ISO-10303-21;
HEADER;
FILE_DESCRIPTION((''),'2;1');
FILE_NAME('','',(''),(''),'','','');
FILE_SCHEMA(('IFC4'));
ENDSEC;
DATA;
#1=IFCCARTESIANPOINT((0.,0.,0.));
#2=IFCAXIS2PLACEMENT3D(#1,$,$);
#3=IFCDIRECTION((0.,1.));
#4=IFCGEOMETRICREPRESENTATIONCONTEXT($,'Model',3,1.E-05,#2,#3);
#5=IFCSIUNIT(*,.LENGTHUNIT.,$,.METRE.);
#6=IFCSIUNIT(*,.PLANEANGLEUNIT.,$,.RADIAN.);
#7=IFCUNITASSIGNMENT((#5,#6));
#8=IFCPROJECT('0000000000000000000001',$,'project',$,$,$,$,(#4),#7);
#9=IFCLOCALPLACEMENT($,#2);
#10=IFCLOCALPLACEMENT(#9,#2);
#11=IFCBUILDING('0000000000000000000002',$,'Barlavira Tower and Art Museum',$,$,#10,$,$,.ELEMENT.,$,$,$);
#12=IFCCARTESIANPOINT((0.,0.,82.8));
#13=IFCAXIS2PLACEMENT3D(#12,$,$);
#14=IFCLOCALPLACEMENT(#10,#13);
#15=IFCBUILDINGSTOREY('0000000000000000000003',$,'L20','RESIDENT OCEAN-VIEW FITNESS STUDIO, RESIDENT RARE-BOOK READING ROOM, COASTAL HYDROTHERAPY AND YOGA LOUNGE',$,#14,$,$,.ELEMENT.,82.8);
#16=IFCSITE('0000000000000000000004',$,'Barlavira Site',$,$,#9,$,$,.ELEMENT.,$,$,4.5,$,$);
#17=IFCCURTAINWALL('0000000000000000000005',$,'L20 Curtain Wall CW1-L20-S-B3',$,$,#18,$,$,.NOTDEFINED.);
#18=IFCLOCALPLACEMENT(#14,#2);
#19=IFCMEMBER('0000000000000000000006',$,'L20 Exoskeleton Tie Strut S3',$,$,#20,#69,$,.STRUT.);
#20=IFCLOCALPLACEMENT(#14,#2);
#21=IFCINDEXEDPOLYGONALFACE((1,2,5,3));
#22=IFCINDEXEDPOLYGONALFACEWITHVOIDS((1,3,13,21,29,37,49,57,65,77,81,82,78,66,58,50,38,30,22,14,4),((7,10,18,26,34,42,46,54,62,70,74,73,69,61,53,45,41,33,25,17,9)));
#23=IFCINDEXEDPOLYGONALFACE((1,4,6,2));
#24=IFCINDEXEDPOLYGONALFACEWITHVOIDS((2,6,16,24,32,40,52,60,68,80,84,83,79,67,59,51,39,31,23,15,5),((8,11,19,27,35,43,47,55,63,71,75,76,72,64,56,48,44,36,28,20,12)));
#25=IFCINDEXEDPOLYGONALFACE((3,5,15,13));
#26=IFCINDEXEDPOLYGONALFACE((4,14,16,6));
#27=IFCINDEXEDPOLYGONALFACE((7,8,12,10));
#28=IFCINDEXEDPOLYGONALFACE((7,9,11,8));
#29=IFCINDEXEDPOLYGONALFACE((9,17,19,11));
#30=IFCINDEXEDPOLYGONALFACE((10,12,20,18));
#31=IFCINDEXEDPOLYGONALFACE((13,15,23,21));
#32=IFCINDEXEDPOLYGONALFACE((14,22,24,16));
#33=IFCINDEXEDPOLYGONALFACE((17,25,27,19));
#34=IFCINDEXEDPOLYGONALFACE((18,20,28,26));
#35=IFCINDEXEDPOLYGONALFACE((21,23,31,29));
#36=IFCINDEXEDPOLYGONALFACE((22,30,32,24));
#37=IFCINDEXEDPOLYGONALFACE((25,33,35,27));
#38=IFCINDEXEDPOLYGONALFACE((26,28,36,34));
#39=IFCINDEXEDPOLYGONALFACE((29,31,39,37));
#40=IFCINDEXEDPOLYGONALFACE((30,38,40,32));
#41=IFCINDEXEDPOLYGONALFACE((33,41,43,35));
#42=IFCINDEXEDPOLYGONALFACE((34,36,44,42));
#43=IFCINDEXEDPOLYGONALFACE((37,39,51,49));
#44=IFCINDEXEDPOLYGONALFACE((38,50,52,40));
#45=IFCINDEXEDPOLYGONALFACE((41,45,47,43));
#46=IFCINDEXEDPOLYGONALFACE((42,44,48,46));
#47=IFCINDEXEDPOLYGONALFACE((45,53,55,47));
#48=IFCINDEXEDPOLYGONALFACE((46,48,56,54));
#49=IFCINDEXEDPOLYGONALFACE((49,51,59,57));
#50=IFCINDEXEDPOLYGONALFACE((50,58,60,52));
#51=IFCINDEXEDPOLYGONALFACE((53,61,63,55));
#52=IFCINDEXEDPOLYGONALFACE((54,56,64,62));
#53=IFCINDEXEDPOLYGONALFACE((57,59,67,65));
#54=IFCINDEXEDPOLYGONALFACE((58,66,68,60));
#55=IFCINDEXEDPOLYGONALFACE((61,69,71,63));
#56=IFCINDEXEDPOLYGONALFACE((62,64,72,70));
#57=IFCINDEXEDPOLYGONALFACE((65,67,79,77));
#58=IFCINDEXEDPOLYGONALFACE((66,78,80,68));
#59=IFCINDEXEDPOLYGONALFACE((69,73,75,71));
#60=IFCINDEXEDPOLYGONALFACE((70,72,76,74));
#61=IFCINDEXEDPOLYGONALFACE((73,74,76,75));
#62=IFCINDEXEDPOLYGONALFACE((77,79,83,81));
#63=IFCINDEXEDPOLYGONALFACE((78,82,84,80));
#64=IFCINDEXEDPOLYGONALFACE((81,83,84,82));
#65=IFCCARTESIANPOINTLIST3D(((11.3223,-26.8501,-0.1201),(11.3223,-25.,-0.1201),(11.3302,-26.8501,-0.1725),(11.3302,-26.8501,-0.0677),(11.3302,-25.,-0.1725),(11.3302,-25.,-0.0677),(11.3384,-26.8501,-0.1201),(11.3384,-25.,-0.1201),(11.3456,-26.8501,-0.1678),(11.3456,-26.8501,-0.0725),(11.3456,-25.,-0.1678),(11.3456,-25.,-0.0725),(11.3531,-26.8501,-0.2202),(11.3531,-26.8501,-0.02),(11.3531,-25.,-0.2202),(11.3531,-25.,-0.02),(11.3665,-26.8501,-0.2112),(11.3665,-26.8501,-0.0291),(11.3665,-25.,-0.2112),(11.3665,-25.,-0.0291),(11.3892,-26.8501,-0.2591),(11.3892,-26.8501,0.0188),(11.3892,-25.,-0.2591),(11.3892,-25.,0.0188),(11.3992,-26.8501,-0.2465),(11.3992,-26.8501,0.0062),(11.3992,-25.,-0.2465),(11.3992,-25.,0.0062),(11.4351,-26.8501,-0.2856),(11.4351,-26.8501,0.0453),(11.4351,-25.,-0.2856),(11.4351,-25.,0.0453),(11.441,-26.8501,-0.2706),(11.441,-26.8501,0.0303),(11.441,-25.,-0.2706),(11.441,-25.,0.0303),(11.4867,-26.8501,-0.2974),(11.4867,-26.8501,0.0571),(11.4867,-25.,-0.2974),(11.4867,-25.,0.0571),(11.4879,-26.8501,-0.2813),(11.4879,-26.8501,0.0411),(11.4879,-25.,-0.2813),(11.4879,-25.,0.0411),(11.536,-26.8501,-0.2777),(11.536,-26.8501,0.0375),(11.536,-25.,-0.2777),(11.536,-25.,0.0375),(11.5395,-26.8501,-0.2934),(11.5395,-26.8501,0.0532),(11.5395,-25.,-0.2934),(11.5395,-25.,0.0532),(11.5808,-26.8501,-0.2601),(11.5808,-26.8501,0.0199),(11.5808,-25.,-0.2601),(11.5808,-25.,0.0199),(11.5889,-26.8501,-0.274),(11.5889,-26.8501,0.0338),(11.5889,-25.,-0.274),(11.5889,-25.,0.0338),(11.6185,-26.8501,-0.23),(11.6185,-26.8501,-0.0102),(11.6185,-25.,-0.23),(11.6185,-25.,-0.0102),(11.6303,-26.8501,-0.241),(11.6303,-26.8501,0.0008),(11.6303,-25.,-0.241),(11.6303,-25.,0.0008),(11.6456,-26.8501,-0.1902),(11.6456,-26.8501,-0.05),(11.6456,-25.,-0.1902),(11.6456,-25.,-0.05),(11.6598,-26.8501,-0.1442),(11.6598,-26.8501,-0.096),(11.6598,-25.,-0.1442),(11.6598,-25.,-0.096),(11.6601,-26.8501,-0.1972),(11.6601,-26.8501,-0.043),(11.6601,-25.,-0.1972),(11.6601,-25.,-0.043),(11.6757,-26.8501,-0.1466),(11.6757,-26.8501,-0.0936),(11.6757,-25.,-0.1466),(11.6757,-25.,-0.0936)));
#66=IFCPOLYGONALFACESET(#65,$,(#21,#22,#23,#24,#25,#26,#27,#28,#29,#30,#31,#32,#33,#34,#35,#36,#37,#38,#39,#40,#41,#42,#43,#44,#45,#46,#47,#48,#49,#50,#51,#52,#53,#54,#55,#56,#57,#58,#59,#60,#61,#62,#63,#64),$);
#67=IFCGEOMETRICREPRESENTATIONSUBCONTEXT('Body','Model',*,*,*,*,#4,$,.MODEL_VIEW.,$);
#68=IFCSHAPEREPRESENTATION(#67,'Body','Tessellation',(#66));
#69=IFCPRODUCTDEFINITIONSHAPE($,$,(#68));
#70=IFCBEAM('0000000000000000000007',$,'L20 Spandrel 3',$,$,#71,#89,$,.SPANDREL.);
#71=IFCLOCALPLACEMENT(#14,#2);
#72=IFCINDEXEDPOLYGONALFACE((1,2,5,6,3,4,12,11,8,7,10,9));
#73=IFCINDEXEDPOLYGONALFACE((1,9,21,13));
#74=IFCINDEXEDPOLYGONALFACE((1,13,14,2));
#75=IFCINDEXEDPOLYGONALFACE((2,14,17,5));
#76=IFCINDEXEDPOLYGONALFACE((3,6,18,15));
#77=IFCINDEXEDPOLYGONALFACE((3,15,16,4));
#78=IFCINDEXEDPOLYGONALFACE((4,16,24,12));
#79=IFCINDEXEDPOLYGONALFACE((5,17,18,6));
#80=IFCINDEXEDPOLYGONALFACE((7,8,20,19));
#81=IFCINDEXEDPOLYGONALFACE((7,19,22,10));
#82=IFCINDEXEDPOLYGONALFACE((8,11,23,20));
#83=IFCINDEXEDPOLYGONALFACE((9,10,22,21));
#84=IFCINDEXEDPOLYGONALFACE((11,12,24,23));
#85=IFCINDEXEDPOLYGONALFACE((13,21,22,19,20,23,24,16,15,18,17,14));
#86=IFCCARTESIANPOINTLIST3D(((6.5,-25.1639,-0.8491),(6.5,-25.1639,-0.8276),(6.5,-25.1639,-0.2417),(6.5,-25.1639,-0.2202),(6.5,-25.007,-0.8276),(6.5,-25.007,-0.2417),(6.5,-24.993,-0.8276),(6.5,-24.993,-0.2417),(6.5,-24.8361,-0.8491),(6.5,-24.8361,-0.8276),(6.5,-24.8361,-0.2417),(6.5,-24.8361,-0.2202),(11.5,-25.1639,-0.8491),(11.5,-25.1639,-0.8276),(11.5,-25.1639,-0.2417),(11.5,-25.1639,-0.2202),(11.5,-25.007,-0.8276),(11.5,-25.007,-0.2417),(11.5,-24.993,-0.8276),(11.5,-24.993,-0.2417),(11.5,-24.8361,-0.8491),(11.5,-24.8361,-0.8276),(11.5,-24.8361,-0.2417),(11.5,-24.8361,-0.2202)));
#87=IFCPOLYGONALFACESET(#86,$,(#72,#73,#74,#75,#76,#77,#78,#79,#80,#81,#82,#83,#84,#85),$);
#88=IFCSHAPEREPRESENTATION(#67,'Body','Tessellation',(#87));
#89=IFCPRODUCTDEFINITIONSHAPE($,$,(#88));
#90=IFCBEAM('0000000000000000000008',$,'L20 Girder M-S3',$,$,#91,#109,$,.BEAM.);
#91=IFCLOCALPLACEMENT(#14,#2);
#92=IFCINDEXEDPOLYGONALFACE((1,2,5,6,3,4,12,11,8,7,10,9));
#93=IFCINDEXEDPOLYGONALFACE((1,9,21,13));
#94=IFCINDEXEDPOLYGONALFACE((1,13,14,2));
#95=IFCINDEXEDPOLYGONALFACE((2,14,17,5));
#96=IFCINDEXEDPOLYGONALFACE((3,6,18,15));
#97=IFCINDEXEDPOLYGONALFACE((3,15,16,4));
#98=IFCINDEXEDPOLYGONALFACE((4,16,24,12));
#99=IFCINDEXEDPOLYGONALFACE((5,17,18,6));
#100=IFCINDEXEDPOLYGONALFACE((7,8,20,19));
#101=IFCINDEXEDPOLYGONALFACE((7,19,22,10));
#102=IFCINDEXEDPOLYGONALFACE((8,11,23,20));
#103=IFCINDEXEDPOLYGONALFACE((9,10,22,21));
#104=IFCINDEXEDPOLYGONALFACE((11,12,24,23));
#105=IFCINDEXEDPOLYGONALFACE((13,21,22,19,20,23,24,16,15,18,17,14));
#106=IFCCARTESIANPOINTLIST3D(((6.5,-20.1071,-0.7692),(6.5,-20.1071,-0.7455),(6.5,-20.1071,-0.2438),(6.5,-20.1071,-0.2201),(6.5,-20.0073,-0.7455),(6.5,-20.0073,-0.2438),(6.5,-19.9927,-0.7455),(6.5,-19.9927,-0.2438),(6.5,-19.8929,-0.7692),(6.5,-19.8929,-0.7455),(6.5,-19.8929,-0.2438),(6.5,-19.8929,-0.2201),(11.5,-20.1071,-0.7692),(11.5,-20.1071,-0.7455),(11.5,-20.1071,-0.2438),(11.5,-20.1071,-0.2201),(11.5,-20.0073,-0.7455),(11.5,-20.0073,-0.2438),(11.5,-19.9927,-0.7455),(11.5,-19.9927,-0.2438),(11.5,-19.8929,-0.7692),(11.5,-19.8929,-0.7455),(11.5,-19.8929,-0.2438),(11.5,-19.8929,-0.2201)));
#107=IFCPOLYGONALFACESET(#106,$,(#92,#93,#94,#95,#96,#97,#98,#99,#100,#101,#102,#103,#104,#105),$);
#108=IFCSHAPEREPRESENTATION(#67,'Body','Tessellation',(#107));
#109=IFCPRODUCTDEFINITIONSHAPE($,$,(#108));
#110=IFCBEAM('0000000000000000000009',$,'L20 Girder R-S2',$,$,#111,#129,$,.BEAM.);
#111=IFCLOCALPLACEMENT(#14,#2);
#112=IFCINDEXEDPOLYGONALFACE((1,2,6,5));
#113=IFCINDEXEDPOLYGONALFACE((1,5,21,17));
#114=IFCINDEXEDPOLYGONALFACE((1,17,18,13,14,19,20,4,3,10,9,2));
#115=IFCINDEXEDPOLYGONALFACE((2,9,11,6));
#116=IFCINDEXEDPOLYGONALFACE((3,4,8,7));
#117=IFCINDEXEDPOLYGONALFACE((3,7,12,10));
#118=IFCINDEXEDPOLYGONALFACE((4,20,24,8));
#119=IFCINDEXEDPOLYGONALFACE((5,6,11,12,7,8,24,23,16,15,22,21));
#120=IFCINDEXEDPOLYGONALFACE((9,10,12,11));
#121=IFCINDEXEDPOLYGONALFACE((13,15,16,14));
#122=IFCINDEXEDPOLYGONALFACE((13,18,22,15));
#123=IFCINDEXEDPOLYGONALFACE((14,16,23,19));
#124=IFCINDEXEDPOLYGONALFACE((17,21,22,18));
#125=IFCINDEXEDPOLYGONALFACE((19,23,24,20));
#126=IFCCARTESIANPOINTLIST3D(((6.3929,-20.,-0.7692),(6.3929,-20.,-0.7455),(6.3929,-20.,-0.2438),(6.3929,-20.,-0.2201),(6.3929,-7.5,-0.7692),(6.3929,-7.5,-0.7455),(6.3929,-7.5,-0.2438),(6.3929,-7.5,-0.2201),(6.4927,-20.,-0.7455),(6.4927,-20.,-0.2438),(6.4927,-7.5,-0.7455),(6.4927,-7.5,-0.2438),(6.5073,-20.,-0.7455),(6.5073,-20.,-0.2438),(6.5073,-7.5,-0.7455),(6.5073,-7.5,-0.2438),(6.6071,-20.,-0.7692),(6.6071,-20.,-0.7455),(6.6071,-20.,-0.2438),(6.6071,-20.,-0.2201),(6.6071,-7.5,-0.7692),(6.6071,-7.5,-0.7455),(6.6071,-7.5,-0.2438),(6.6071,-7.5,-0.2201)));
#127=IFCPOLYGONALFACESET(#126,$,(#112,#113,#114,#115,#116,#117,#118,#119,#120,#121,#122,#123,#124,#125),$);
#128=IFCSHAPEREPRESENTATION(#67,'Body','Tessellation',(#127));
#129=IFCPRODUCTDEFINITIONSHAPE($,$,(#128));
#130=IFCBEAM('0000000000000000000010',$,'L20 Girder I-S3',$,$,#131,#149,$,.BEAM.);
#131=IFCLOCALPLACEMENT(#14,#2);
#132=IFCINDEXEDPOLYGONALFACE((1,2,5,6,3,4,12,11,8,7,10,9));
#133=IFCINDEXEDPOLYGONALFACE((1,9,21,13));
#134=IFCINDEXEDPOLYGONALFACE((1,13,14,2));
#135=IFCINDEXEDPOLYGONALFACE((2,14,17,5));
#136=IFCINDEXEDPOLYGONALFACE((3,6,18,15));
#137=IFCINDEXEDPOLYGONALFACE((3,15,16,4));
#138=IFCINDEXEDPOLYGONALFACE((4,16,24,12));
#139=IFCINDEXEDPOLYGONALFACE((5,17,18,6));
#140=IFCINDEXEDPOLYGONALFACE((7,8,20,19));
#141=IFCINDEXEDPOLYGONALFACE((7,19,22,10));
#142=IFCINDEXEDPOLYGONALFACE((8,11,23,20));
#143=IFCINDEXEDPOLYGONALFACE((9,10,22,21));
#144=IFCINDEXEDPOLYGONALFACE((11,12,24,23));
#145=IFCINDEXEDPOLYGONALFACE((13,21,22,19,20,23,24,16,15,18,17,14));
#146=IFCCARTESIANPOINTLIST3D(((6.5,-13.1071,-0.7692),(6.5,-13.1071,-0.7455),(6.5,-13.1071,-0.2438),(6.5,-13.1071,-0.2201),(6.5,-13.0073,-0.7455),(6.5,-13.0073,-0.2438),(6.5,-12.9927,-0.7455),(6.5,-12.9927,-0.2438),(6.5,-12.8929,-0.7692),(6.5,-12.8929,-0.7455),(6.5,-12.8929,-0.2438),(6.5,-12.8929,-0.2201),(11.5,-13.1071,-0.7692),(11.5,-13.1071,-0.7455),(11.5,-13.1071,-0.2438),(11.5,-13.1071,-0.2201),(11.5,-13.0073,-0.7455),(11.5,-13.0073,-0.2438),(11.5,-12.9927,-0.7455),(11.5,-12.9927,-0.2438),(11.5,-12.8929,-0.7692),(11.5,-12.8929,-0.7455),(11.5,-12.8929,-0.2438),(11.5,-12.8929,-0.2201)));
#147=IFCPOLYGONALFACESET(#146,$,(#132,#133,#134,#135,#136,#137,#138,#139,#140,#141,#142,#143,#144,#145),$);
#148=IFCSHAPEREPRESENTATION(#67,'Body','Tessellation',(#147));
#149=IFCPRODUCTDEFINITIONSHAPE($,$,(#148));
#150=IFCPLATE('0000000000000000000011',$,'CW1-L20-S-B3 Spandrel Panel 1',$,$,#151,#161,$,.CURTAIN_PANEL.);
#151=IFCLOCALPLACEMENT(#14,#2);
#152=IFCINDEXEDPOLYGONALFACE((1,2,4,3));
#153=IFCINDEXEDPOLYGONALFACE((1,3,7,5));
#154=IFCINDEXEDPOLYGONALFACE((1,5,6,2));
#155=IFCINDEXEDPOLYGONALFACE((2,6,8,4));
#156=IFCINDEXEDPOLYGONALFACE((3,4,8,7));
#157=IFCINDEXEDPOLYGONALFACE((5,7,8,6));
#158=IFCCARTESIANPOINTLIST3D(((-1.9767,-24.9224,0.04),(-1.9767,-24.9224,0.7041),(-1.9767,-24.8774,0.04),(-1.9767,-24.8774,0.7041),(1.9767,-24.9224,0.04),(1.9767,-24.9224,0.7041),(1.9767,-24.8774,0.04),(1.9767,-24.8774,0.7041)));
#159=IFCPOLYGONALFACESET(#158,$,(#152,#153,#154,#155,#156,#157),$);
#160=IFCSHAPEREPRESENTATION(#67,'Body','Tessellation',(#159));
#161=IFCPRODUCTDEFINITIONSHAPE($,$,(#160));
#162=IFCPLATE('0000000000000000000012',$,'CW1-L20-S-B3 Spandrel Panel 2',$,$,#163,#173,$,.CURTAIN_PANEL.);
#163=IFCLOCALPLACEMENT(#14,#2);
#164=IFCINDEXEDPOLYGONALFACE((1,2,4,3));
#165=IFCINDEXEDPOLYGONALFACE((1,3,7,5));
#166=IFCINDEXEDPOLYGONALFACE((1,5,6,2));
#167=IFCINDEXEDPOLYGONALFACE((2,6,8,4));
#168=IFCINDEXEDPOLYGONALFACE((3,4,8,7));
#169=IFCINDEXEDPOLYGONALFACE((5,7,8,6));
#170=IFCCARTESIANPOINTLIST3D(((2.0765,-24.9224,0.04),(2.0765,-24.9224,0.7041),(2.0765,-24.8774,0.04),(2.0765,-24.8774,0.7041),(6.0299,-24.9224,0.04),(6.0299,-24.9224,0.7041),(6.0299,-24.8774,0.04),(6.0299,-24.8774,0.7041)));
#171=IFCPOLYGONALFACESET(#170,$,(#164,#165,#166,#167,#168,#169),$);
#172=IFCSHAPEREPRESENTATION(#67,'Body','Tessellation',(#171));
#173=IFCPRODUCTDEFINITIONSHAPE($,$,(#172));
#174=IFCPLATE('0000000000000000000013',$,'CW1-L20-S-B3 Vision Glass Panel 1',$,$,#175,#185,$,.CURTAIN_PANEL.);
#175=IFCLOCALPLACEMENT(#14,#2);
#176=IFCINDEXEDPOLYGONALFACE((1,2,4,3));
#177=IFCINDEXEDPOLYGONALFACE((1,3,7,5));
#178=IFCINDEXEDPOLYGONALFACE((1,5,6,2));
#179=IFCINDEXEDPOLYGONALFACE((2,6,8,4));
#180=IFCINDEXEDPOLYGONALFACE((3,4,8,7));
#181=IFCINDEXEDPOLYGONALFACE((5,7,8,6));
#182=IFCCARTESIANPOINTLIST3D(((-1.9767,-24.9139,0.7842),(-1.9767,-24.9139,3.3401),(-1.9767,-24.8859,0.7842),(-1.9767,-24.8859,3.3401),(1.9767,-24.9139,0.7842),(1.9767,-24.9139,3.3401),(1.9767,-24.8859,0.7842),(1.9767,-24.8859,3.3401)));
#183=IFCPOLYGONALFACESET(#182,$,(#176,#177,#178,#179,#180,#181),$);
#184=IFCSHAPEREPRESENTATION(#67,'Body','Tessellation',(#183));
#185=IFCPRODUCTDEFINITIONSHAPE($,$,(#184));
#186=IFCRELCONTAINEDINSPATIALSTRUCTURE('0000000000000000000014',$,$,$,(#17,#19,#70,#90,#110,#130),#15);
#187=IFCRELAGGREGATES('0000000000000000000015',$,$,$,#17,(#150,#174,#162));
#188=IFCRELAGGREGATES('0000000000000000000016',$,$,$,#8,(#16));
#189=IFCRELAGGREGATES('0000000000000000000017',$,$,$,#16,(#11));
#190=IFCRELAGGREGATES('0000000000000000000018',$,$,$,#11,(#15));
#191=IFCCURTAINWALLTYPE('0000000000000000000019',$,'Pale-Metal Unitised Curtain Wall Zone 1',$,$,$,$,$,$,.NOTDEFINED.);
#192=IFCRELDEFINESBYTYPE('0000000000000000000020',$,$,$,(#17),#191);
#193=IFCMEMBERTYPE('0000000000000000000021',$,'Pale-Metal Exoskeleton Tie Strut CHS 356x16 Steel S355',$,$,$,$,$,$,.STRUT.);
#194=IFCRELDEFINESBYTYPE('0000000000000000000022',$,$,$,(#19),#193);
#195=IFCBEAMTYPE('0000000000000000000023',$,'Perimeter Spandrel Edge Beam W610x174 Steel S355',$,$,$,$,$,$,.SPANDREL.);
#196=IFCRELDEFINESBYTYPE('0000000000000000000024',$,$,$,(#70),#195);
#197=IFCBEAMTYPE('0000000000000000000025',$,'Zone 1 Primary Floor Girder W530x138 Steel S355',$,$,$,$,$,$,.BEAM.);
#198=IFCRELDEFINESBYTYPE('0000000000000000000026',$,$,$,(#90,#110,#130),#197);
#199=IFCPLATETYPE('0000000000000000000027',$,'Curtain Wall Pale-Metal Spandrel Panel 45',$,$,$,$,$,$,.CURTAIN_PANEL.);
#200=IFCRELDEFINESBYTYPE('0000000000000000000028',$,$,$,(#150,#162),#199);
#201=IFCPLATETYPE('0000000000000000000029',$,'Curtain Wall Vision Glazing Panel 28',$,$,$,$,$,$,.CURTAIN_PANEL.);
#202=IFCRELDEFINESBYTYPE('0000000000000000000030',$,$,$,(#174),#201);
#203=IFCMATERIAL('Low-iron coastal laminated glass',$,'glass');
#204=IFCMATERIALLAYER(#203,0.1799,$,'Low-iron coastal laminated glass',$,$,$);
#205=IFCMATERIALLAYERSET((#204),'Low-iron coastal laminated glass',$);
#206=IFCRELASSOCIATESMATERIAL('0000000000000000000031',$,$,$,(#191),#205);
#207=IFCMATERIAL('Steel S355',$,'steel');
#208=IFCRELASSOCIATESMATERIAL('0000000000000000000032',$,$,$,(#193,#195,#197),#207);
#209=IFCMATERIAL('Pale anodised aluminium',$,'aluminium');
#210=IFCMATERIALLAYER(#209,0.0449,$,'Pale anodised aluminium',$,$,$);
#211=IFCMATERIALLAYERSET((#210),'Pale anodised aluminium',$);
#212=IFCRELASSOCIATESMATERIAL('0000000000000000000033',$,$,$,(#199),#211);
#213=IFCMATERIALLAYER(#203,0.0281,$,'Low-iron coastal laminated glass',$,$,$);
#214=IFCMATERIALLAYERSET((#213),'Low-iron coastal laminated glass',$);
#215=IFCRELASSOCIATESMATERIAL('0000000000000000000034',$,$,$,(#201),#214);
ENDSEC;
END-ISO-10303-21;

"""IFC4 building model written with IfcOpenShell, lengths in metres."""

from ifc_helpers import new_model, si_unit, direction, frame, origin, origin_2d, place, context, subcontext, project, spatial, rectangle, hollow_circle, i_section, extrude, material, layer, layer_set, material_profile, profile_set, type_object, element, aggregate, save


model = new_model("IFC4")

# Units and contexts
model_context = context("Model", 3, precision=1e-05, world=origin(), true_north=direction((0.0, 1.0)))
body_context = subcontext(model_context, "Body", "Model", "MODEL_VIEW")
ifc_project = project(units=[si_unit("LENGTHUNIT", "METRE"), si_unit("PLANEANGLEUNIT", "RADIAN")], contexts=[model_context])

# Site, building, storey
site_placement = place(None, origin())
site = spatial("IfcSite", under=ifc_project, at=site_placement, Name="Barlavira Site", CompositionType="ELEMENT", RefElevation=4.5)
building_placement = place(site_placement, origin())
building = spatial("IfcBuilding", under=site, at=building_placement, Name="Barlavira Tower and Art Museum", CompositionType="ELEMENT")
storey_placement = place(building_placement, frame((0.0, 0.0, 82.8)))
storey = spatial("IfcBuildingStorey", under=building, at=storey_placement, Name="L20", Description="RESIDENT OCEAN-VIEW FITNESS STUDIO, RESIDENT RARE-BOOK READING ROOM, COASTAL HYDROTHERAPY AND YOGA LOUNGE", CompositionType="ELEMENT", Elevation=82.8)

# Curtain wall
ifc_material_1 = material(Name="Low-iron coastal laminated glass", Category="glass")
ifc_layer_1 = layer(ifc_material_1, 0.1799, Name="Low-iron coastal laminated glass")
ifc_layer_set_1 = layer_set([ifc_layer_1], Name="Low-iron coastal laminated glass")
curtain_wall_type = type_object("IfcCurtainWallType", Name="Pale-Metal Unitised Curtain Wall Zone 1", PredefinedType="NOTDEFINED", material=ifc_layer_set_1)
curtain_wall_placement = place(storey_placement, origin())
curtain_wall = element("IfcCurtainWall", 1, at=curtain_wall_placement, inside=storey, type_object=curtain_wall_type, Name="L20 Curtain Wall CW1-L20-S-B3", PredefinedType="NOTDEFINED")
ifc_material_2 = material(Name="Pale anodised aluminium", Category="aluminium")

# Member
ifc_material_3 = material(Name="Steel S355", Category="steel")
ifc_material_profile_1 = material_profile(ifc_material_3, hollow_circle(Radius=0.1777, WallThickness=0.0161, at=origin_2d()), Name="CHS 355.6x16.0")
ifc_profile_set_1 = profile_set([ifc_material_profile_1], Name="Steel S355")
member_type_1 = type_object("IfcMemberType", Name="Pale-Metal Exoskeleton Tie Strut CHS 356x16 Steel S355", PredefinedType="STRUT", material=ifc_profile_set_1)
member_1_placement = place(storey_placement, frame((11.5, -26.8501, -0.1201), z_axis=(0.0, 1.0, 0.0), x_axis=(-1.0, 0.0, 0.0)))
element("IfcMember", 2, at=member_1_placement, inside=storey, type_object=member_type_1, Name="L20 Exoskeleton Tie Strut S3", PredefinedType="STRUT", context=body_context, shape_type="SweptSolid", body=[
    extrude(hollow_circle(Radius=0.1777, WallThickness=0.0161, at=origin_2d()), origin(), (0.0, 0.0, 1.0), 1.8501),
])

# Beams
ifc_material_profile_2 = material_profile(ifc_material_3, i_section(OverallWidth=0.3279, OverallDepth=0.6289, WebThickness=0.0139, FlangeThickness=0.0215, at=origin_2d()), Name="W610x174.0")
ifc_profile_set_2 = profile_set([ifc_material_profile_2], Name="Steel S355")
beam_type_1 = type_object("IfcBeamType", Name="Perimeter Spandrel Edge Beam W610x174 Steel S355", PredefinedType="SPANDREL", material=ifc_profile_set_2)
beam_1_placement = place(storey_placement, frame((6.5, -25.0, -0.5347), z_axis=(1.0, 0.0, 0.0), x_axis=(0.0, 1.0, 0.0)))
element("IfcBeam", 3, at=beam_1_placement, inside=storey, type_object=beam_type_1, Name="L20 Spandrel 3", PredefinedType="SPANDREL", context=body_context, shape_type="SweptSolid", body=[
    extrude(i_section(OverallWidth=0.3279, OverallDepth=0.6289, WebThickness=0.0139, FlangeThickness=0.0215, at=origin_2d()), origin(), (0.0, 0.0, 1.0), 5.0),
])
ifc_material_profile_3 = material_profile(ifc_material_3, i_section(OverallWidth=0.2141, OverallDepth=0.5491, WebThickness=0.0146, FlangeThickness=0.0237, at=origin_2d()), Name="W530x138.0")
ifc_profile_set_3 = profile_set([ifc_material_profile_3], Name="Steel S355")
beam_type_2 = type_object("IfcBeamType", Name="Zone 1 Primary Floor Girder W530x138 Steel S355", PredefinedType="BEAM", material=ifc_profile_set_3)
beam_2_placement = place(storey_placement, frame((6.5, -20.0, -0.4946), z_axis=(1.0, 0.0, 0.0), x_axis=(0.0, 1.0, 0.0)))
element("IfcBeam", 4, at=beam_2_placement, inside=storey, type_object=beam_type_2, Name="L20 Girder M-S3", PredefinedType="BEAM", context=body_context, shape_type="SweptSolid", body=[
    extrude(i_section(OverallWidth=0.2141, OverallDepth=0.5491, WebThickness=0.0146, FlangeThickness=0.0237, at=origin_2d()), origin(), (0.0, 0.0, 1.0), 5.0),
])
beam_3_placement = place(storey_placement, frame((6.5, -20.0, -0.4946), z_axis=(0.0, 1.0, 0.0), x_axis=(-1.0, 0.0, 0.0)))
element("IfcBeam", 5, at=beam_3_placement, inside=storey, type_object=beam_type_2, Name="L20 Girder R-S2", PredefinedType="BEAM", context=body_context, shape_type="SweptSolid", body=[
    extrude(i_section(OverallWidth=0.2141, OverallDepth=0.5491, WebThickness=0.0146, FlangeThickness=0.0237, at=origin_2d()), origin(), (0.0, 0.0, 1.0), 12.5),
])
beam_4_placement = place(storey_placement, frame((6.5, -13.0, -0.4946), z_axis=(1.0, 0.0, 0.0), x_axis=(0.0, 1.0, 0.0)))
element("IfcBeam", 6, at=beam_4_placement, inside=storey, type_object=beam_type_2, Name="L20 Girder I-S3", PredefinedType="BEAM", context=body_context, shape_type="SweptSolid", body=[
    extrude(i_section(OverallWidth=0.2141, OverallDepth=0.5491, WebThickness=0.0146, FlangeThickness=0.0237, at=origin_2d()), origin(), (0.0, 0.0, 1.0), 5.0),
])

# Plates
ifc_layer_2 = layer(ifc_material_2, 0.0449, Name="Pale anodised aluminium")
ifc_layer_set_2 = layer_set([ifc_layer_2], Name="Pale anodised aluminium")
plate_type_1 = type_object("IfcPlateType", Name="Curtain Wall Pale-Metal Spandrel Panel 45", PredefinedType="CURTAIN_PANEL", material=ifc_layer_set_2)
plate_1_placement = place(storey_placement, frame((0.0, -24.8999, 0.04), z_axis=(0.0, 0.0, 1.0), x_axis=(1.0, 0.0, 0.0)))
plate_1 = element("IfcPlate", 7, at=plate_1_placement, type_object=plate_type_1, Name="CW1-L20-S-B3 Spandrel Panel 1", PredefinedType="CURTAIN_PANEL", context=body_context, shape_type="SweptSolid", body=[
    extrude(rectangle(XDim=3.9534, YDim=0.0449, at=origin_2d()), origin(), (0.0, 0.0, 1.0), 0.6641),
])
plate_2_placement = place(storey_placement, frame((4.0532, -24.8999, 0.04), z_axis=(0.0, 0.0, 1.0), x_axis=(1.0, 0.0, 0.0)))
plate_2 = element("IfcPlate", 8, at=plate_2_placement, type_object=plate_type_1, Name="CW1-L20-S-B3 Spandrel Panel 2", PredefinedType="CURTAIN_PANEL", context=body_context, shape_type="SweptSolid", body=[
    extrude(rectangle(XDim=3.9534, YDim=0.0449, at=origin_2d()), origin(), (0.0, 0.0, 1.0), 0.6641),
])
ifc_layer_3 = layer(ifc_material_1, 0.0281, Name="Low-iron coastal laminated glass")
ifc_layer_set_3 = layer_set([ifc_layer_3], Name="Low-iron coastal laminated glass")
plate_type_2 = type_object("IfcPlateType", Name="Curtain Wall Vision Glazing Panel 28", PredefinedType="CURTAIN_PANEL", material=ifc_layer_set_3)
plate_3_placement = place(storey_placement, frame((0.0, -24.8999, 0.7842), z_axis=(0.0, 0.0, 1.0), x_axis=(1.0, 0.0, 0.0)))
plate_3 = element("IfcPlate", 9, at=plate_3_placement, type_object=plate_type_2, Name="CW1-L20-S-B3 Vision Glass Panel 1", PredefinedType="CURTAIN_PANEL", context=body_context, shape_type="SweptSolid", body=[
    extrude(rectangle(XDim=3.9534, YDim=0.0281, at=origin_2d()), origin(), (0.0, 0.0, 1.0), 2.5559),
])
aggregate(curtain_wall, [plate_1, plate_3, plate_2])

save(model, "model.ifc")
